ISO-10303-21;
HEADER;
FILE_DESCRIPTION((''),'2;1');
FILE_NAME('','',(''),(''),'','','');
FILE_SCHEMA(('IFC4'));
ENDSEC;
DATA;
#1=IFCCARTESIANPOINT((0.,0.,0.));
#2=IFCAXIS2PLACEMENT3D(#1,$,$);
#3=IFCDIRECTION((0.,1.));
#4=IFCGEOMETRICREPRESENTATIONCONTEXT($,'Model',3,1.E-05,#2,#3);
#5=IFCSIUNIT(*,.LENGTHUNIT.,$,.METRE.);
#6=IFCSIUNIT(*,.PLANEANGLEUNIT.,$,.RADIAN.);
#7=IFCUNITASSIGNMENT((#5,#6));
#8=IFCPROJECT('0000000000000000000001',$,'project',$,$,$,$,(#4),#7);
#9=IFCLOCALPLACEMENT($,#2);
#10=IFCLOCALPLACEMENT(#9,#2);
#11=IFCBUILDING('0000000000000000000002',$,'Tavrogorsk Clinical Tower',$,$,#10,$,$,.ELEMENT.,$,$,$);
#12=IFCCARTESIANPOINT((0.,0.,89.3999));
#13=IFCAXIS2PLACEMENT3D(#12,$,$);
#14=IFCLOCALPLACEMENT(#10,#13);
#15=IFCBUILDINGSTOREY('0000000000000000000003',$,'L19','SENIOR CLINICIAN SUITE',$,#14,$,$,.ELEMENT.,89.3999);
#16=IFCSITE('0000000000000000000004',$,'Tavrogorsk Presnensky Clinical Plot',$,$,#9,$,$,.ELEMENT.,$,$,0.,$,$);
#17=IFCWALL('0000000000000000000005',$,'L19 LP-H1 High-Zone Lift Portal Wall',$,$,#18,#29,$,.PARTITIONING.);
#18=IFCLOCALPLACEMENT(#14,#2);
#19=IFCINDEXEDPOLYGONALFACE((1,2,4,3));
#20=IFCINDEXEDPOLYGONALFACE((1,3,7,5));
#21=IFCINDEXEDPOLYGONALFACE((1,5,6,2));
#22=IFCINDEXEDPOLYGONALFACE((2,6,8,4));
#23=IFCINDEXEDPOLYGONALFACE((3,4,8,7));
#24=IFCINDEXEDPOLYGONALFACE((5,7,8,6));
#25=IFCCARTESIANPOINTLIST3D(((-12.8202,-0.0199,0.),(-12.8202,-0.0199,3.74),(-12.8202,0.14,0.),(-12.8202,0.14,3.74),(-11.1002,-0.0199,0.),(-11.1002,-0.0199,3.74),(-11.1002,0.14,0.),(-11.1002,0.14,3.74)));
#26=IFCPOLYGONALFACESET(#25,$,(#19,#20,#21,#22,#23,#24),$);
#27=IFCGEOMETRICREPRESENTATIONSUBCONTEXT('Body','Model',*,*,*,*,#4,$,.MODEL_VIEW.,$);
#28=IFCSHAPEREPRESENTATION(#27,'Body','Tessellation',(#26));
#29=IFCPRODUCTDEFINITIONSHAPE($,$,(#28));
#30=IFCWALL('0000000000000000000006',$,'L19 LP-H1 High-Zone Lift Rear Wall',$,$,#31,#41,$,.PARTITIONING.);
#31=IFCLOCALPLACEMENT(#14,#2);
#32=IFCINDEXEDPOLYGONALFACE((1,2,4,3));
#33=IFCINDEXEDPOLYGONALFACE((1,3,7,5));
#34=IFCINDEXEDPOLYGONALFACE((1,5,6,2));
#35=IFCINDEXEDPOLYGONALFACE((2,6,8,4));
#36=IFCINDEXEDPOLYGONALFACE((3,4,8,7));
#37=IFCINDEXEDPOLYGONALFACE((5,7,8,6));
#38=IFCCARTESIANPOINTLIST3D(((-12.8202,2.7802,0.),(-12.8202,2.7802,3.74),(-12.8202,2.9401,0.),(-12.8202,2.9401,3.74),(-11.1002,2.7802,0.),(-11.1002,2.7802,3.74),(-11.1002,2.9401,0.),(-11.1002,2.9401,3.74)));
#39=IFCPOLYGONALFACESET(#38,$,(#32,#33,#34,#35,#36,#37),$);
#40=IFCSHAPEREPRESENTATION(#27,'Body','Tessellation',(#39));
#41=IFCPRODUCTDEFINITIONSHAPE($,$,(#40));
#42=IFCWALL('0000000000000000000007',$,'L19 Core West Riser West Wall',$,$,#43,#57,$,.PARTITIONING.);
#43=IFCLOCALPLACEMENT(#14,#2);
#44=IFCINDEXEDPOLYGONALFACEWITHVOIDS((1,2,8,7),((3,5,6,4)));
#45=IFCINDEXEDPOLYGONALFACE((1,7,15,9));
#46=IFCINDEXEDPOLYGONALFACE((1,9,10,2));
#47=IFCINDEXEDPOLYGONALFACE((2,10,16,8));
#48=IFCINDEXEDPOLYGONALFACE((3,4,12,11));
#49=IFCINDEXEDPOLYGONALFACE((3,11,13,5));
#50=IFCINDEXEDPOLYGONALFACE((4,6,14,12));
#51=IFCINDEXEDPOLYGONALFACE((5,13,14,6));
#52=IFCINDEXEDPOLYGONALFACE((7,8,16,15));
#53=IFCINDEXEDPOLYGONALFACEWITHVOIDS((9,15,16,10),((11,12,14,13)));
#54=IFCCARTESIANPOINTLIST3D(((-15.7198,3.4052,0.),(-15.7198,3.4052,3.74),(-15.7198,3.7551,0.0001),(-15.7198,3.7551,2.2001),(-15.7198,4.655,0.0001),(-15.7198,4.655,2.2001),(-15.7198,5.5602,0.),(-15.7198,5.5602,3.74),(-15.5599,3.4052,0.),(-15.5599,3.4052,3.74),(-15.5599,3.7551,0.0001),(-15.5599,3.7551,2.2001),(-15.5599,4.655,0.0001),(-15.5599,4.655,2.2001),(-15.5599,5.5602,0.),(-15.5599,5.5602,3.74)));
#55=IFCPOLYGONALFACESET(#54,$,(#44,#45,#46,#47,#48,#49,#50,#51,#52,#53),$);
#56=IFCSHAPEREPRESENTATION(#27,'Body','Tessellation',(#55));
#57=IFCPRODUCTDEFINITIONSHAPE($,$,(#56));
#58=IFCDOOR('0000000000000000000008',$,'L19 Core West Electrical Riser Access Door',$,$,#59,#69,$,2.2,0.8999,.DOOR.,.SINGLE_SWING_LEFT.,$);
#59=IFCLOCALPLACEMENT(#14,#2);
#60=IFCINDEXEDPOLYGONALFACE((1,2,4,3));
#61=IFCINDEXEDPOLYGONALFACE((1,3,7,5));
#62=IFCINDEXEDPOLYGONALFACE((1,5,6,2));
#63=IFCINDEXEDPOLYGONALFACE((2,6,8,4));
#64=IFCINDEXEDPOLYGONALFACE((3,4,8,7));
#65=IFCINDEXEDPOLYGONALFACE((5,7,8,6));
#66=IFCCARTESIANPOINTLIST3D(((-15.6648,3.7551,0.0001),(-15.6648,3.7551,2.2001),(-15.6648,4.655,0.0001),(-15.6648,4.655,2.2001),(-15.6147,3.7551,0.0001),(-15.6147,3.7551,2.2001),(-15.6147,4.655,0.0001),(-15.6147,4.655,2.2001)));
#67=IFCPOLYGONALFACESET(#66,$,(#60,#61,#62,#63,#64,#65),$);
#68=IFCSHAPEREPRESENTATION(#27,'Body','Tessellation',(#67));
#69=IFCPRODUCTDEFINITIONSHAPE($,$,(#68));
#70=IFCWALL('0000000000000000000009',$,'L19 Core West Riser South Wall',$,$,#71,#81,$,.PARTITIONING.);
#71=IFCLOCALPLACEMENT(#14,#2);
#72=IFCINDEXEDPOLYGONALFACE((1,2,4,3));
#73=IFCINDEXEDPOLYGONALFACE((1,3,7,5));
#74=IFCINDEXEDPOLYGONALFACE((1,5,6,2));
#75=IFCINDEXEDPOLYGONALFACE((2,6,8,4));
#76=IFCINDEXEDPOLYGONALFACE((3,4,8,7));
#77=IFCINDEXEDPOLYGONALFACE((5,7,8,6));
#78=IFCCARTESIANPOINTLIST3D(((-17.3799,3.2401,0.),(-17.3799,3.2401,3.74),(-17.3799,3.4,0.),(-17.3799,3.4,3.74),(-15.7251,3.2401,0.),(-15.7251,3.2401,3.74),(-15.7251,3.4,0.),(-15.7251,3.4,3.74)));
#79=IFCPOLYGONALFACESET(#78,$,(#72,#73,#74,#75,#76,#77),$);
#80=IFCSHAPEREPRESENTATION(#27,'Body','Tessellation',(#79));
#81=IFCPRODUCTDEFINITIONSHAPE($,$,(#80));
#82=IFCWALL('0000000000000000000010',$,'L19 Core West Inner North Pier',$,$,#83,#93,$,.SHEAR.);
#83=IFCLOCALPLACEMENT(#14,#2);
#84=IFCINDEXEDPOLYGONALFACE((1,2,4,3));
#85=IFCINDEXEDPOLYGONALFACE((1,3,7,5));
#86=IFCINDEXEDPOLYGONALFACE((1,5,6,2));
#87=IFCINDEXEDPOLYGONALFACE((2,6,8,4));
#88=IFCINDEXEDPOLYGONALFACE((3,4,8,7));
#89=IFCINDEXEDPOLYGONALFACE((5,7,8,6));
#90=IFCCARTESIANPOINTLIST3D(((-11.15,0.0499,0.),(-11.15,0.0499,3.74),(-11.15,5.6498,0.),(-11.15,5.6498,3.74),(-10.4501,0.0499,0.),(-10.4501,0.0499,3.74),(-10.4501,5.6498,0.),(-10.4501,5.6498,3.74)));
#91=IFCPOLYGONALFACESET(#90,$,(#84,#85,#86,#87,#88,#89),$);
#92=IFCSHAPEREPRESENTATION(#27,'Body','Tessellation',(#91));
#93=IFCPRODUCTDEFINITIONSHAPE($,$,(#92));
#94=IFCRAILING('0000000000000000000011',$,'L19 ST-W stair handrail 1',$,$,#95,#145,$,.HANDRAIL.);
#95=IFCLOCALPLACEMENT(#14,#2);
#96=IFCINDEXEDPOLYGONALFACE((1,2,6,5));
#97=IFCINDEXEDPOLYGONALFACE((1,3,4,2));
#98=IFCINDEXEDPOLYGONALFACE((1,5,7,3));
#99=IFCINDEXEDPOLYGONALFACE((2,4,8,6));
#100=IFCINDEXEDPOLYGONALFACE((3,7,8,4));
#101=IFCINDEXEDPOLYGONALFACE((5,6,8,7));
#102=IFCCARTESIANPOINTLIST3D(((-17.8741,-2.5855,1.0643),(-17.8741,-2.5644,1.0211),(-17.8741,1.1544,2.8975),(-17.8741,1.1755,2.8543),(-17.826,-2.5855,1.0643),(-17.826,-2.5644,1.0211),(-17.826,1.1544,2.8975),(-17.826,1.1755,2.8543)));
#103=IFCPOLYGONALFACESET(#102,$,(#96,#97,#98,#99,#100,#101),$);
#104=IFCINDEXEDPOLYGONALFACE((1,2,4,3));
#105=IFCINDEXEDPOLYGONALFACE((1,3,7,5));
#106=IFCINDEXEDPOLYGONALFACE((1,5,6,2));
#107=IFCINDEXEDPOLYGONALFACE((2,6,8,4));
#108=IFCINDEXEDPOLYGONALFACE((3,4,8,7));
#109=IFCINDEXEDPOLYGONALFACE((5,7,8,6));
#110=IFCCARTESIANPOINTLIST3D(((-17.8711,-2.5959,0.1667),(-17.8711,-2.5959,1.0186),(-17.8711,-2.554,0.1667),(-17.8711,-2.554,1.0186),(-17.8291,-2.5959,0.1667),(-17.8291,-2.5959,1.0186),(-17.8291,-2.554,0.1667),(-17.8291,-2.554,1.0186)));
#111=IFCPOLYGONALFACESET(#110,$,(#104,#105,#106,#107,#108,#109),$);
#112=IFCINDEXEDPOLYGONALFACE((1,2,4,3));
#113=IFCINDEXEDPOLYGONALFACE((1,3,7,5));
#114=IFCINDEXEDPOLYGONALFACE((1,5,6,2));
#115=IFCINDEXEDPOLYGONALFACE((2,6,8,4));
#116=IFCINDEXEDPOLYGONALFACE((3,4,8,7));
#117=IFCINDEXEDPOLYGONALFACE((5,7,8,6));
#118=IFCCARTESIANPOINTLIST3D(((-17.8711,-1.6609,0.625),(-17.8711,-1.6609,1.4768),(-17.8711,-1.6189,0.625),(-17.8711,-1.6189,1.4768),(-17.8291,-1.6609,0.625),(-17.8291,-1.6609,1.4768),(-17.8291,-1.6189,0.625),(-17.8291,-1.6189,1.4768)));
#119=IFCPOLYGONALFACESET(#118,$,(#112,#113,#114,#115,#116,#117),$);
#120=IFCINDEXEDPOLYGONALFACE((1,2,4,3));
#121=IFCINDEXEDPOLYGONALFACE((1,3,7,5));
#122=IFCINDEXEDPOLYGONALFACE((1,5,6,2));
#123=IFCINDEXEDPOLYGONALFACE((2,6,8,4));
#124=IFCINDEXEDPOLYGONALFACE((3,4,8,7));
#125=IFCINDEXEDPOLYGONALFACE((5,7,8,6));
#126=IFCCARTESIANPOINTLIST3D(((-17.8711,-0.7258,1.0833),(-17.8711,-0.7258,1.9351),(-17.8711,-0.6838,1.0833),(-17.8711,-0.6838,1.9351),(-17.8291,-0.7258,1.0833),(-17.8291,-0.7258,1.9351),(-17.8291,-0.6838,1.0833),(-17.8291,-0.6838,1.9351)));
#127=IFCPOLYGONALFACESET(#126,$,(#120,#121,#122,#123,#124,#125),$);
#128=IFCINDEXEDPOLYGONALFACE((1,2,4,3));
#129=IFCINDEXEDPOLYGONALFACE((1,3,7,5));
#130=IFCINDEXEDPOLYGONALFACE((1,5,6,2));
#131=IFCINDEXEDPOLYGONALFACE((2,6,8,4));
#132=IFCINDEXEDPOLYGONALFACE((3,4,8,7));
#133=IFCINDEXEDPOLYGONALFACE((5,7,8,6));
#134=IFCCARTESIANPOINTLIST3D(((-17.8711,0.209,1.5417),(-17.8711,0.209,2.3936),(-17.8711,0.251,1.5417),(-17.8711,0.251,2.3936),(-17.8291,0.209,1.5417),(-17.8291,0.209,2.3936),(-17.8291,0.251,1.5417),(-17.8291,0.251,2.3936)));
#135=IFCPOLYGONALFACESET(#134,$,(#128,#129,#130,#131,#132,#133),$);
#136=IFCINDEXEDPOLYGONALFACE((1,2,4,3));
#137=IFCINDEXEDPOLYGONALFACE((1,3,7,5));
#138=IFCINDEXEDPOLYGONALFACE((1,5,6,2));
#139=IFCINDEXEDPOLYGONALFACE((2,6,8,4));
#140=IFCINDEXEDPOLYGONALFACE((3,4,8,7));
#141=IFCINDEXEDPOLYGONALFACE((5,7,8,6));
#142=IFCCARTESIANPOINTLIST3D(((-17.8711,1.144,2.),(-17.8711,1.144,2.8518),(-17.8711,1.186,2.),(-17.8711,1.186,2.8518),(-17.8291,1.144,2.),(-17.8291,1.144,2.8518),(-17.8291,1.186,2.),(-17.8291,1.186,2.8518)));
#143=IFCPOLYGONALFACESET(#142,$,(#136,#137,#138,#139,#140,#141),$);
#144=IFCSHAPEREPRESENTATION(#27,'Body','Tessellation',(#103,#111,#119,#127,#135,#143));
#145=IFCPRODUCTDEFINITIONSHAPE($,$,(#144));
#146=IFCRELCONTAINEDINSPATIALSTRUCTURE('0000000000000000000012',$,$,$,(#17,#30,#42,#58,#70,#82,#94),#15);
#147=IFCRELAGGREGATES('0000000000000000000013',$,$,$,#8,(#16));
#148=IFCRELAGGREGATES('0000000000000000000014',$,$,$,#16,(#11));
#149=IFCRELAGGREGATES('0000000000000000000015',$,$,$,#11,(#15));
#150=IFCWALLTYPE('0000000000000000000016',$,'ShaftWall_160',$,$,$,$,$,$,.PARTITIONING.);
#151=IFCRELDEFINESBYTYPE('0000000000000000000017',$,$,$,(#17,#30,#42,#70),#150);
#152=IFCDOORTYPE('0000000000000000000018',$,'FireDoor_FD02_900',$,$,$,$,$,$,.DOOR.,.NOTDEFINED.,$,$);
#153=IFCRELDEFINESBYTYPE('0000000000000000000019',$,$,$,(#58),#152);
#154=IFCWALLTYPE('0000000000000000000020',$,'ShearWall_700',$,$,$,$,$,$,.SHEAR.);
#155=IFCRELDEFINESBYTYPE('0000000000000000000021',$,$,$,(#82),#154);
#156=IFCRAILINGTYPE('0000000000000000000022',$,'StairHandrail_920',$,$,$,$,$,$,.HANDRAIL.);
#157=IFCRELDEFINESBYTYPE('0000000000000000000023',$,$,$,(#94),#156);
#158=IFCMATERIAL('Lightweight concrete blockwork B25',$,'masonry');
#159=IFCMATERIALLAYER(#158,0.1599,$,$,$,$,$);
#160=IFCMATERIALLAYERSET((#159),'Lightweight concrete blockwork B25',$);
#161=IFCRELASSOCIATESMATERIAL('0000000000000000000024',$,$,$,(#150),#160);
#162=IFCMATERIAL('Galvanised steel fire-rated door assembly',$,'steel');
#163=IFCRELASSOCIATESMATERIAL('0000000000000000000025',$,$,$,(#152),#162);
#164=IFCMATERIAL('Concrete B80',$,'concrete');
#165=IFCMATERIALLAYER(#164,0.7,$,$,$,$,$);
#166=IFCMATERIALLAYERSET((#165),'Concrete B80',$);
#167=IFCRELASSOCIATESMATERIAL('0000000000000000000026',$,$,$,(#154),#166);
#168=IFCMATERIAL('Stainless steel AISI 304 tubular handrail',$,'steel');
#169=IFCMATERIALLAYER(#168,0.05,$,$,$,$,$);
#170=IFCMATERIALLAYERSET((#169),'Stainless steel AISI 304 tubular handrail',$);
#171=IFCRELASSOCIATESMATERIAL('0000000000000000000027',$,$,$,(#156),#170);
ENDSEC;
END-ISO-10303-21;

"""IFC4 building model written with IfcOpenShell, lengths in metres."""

from ifc_helpers import new_model, si_unit, direction, frame, frame_2d, origin, origin_2d, place, context, subcontext, project, spatial, rectangle, extrude, material, layer, layer_set, type_object, element, fill, save


model = new_model("IFC4")

# Units and contexts
model_context = context("Model", 3, precision=1e-05, world=origin(), true_north=direction((0.0, 1.0)))
body_context = subcontext(model_context, "Body", "Model", "MODEL_VIEW")
ifc_project = project(units=[si_unit("LENGTHUNIT", "METRE"), si_unit("PLANEANGLEUNIT", "RADIAN")], contexts=[model_context])

# Site, building, storey
site_placement = place(None, origin())
site = spatial("IfcSite", under=ifc_project, at=site_placement, Name="Tavrogorsk Presnensky Clinical Plot", CompositionType="ELEMENT", RefElevation=0.0)
building_placement = place(site_placement, origin())
building = spatial("IfcBuilding", under=site, at=building_placement, Name="Tavrogorsk Clinical Tower", CompositionType="ELEMENT")
storey_placement = place(building_placement, frame((0.0, 0.0, 89.3999)))
storey = spatial("IfcBuildingStorey", under=building, at=storey_placement, Name="L19", Description="SENIOR CLINICIAN SUITE", CompositionType="ELEMENT", Elevation=89.3999)

# Shared definitions
ifc_material_1 = material(Name="Lightweight concrete blockwork B25", Category="masonry")
ifc_layer_1 = layer(ifc_material_1, 0.1599)
ifc_layer_set_1 = layer_set([ifc_layer_1], Name="Lightweight concrete blockwork B25")
wall_type_1 = type_object("IfcWallType", Name="ShaftWall_160", PredefinedType="PARTITIONING", material=ifc_layer_set_1)

# Walls
for number, where, z_axis, x_axis, name in (
    (1, (-12.8201, 0.0601, 0.0), (0.0, 0.0, 1.0), (1.0, 0.0, 0.0), "L19 LP-H1 High-Zone Lift Portal Wall"),
    (2, (-12.8201, 2.8601, 0.0), (0.0, 0.0, 1.0), (1.0, 0.0, 0.0), "L19 LP-H1 High-Zone Lift Rear Wall"),
):
    element("IfcWall", number, at=place(storey_placement, frame(where, z_axis=z_axis, x_axis=x_axis)), inside=storey, type_object=wall_type_1, Name=name, PredefinedType="PARTITIONING", context=body_context, shape_type="SweptSolid", body=[
        extrude(rectangle(XDim=1.72, YDim=0.1599, at=frame_2d((0.8599, 0.0))), origin(), (0.0, 0.0, 1.0), 3.74),
    ])

# Wall, opening, door
wall_1_placement = place(storey_placement, frame((-15.6399, 3.405, 0.0), z_axis=(0.0, 0.0, 1.0), x_axis=(0.0, 1.0, 0.0)))
wall_1 = element("IfcWall", 3, at=wall_1_placement, inside=storey, type_object=wall_type_1, Name="L19 Core West Riser West Wall", PredefinedType="PARTITIONING", context=body_context, shape_type="SweptSolid", body=[
    extrude(rectangle(XDim=2.155, YDim=0.1599, at=frame_2d((1.0776, 0.0))), origin(), (0.0, 0.0, 1.0), 3.74),
])
opening_1_placement = place(wall_1_placement, frame((0.3501, 0.0, 0.0)))
opening_1 = element("IfcOpeningElement", 4, at=opening_1_placement, cuts=wall_1, PredefinedType="OPENING", context=body_context, shape_type="SweptSolid", body=[
    extrude(rectangle(XDim=0.8999, YDim=2.2, at=frame_2d((0.45, 1.1001))), frame((0.0, 0.0898, 0.0), z_axis=(0.0, -1.0, 0.0), x_axis=(1.0, 0.0, 0.0)), (0.0, 0.0, 1.0), 0.1799),
])
ifc_material_2 = material(Name="Galvanised steel fire-rated door assembly", Category="steel")
door_type_1 = type_object("IfcDoorType", Name="FireDoor_FD02_900", OperationType="NOTDEFINED", PredefinedType="DOOR", material=ifc_material_2)
door_1_placement = place(opening_1_placement, origin())
door_1 = element("IfcDoor", 5, at=door_1_placement, inside=storey, type_object=door_type_1, Name="L19 Core West Electrical Riser Access Door", OperationType="SINGLE_SWING_LEFT", OverallHeight=2.2, OverallWidth=0.8999, PredefinedType="DOOR", context=body_context, shape_type="SweptSolid", body=[
    extrude(rectangle(XDim=0.8999, YDim=2.2, at=frame_2d((0.45, 1.1001))), frame((0.0, 0.0249, 0.0), z_axis=(0.0, -1.0, 0.0), x_axis=(1.0, 0.0, 0.0)), (0.0, 0.0, 1.0), 0.05),
])
fill(opening_1, door_1)

# Walls
wall_2_placement = place(storey_placement, frame((-17.3799, 3.3201, 0.0), z_axis=(0.0, 0.0, 1.0), x_axis=(1.0, 0.0, 0.0)))
element("IfcWall", 6, at=wall_2_placement, inside=storey, type_object=wall_type_1, Name="L19 Core West Riser South Wall", PredefinedType="PARTITIONING", context=body_context, shape_type="SweptSolid", body=[
    extrude(rectangle(XDim=1.6548, YDim=0.1599, at=frame_2d((0.8274, 0.0))), origin(), (0.0, 0.0, 1.0), 3.74),
])
ifc_material_3 = material(Name="Concrete B80", Category="concrete")
ifc_layer_2 = layer(ifc_material_3, 0.7)
ifc_layer_set_2 = layer_set([ifc_layer_2], Name="Concrete B80")
wall_type_2 = type_object("IfcWallType", Name="ShearWall_700", PredefinedType="SHEAR", material=ifc_layer_set_2)
wall_3_placement = place(storey_placement, frame((-10.8, 0.05, 0.0), z_axis=(0.0, 0.0, 1.0), x_axis=(0.0, 1.0, 0.0)))
element("IfcWall", 7, at=wall_3_placement, inside=storey, type_object=wall_type_2, Name="L19 Core West Inner North Pier", PredefinedType="SHEAR", context=body_context, shape_type="SweptSolid", body=[
    extrude(rectangle(XDim=5.5999, YDim=0.7, at=frame_2d((2.7998, 0.0))), origin(), (0.0, 0.0, 1.0), 3.74),
])

# Railing
ifc_material_4 = material(Name="Stainless steel AISI 304 tubular handrail", Category="steel")
ifc_layer_3 = layer(ifc_material_4, 0.05)
ifc_layer_set_3 = layer_set([ifc_layer_3], Name="Stainless steel AISI 304 tubular handrail")
railing_type = type_object("IfcRailingType", Name="StairHandrail_920", PredefinedType="HANDRAIL", material=ifc_layer_set_3)
railing_placement = place(storey_placement, frame((-17.8501, -2.575, 0.1667)))
element("IfcRailing", 8, at=railing_placement, inside=storey, type_object=railing_type, Name="L19 ST-W stair handrail 1", PredefinedType="HANDRAIL", context=body_context, shape_type="SweptSolid", body=[
    extrude(rectangle(XDim=0.0481, YDim=0.0481, at=origin_2d()), frame((0.0, 0.0, 0.876), z_axis=(0.0, 0.897928, 0.440142), x_axis=(-1.0, 0.0, 0.0)), (0.0, 0.0, 1.0), 4.165),
    extrude(rectangle(XDim=0.042, YDim=0.042, at=origin_2d()), origin(), (0.0, 0.0, 1.0), 0.8518),
    extrude(rectangle(XDim=0.042, YDim=0.042, at=origin_2d()), frame((0.0, 0.9351, 0.4583)), (0.0, 0.0, 1.0), 0.8518),
    extrude(rectangle(XDim=0.042, YDim=0.042, at=origin_2d()), frame((0.0, 1.8701, 0.9165)), (0.0, 0.0, 1.0), 0.8518),
    extrude(rectangle(XDim=0.042, YDim=0.042, at=origin_2d()), frame((0.0, 2.8049, 1.375)), (0.0, 0.0, 1.0), 0.8518),
    extrude(rectangle(XDim=0.042, YDim=0.042, at=origin_2d()), frame((0.0, 3.74, 1.8333)), (0.0, 0.0, 1.0), 0.8518),
])

save(model, "model.ifc")
